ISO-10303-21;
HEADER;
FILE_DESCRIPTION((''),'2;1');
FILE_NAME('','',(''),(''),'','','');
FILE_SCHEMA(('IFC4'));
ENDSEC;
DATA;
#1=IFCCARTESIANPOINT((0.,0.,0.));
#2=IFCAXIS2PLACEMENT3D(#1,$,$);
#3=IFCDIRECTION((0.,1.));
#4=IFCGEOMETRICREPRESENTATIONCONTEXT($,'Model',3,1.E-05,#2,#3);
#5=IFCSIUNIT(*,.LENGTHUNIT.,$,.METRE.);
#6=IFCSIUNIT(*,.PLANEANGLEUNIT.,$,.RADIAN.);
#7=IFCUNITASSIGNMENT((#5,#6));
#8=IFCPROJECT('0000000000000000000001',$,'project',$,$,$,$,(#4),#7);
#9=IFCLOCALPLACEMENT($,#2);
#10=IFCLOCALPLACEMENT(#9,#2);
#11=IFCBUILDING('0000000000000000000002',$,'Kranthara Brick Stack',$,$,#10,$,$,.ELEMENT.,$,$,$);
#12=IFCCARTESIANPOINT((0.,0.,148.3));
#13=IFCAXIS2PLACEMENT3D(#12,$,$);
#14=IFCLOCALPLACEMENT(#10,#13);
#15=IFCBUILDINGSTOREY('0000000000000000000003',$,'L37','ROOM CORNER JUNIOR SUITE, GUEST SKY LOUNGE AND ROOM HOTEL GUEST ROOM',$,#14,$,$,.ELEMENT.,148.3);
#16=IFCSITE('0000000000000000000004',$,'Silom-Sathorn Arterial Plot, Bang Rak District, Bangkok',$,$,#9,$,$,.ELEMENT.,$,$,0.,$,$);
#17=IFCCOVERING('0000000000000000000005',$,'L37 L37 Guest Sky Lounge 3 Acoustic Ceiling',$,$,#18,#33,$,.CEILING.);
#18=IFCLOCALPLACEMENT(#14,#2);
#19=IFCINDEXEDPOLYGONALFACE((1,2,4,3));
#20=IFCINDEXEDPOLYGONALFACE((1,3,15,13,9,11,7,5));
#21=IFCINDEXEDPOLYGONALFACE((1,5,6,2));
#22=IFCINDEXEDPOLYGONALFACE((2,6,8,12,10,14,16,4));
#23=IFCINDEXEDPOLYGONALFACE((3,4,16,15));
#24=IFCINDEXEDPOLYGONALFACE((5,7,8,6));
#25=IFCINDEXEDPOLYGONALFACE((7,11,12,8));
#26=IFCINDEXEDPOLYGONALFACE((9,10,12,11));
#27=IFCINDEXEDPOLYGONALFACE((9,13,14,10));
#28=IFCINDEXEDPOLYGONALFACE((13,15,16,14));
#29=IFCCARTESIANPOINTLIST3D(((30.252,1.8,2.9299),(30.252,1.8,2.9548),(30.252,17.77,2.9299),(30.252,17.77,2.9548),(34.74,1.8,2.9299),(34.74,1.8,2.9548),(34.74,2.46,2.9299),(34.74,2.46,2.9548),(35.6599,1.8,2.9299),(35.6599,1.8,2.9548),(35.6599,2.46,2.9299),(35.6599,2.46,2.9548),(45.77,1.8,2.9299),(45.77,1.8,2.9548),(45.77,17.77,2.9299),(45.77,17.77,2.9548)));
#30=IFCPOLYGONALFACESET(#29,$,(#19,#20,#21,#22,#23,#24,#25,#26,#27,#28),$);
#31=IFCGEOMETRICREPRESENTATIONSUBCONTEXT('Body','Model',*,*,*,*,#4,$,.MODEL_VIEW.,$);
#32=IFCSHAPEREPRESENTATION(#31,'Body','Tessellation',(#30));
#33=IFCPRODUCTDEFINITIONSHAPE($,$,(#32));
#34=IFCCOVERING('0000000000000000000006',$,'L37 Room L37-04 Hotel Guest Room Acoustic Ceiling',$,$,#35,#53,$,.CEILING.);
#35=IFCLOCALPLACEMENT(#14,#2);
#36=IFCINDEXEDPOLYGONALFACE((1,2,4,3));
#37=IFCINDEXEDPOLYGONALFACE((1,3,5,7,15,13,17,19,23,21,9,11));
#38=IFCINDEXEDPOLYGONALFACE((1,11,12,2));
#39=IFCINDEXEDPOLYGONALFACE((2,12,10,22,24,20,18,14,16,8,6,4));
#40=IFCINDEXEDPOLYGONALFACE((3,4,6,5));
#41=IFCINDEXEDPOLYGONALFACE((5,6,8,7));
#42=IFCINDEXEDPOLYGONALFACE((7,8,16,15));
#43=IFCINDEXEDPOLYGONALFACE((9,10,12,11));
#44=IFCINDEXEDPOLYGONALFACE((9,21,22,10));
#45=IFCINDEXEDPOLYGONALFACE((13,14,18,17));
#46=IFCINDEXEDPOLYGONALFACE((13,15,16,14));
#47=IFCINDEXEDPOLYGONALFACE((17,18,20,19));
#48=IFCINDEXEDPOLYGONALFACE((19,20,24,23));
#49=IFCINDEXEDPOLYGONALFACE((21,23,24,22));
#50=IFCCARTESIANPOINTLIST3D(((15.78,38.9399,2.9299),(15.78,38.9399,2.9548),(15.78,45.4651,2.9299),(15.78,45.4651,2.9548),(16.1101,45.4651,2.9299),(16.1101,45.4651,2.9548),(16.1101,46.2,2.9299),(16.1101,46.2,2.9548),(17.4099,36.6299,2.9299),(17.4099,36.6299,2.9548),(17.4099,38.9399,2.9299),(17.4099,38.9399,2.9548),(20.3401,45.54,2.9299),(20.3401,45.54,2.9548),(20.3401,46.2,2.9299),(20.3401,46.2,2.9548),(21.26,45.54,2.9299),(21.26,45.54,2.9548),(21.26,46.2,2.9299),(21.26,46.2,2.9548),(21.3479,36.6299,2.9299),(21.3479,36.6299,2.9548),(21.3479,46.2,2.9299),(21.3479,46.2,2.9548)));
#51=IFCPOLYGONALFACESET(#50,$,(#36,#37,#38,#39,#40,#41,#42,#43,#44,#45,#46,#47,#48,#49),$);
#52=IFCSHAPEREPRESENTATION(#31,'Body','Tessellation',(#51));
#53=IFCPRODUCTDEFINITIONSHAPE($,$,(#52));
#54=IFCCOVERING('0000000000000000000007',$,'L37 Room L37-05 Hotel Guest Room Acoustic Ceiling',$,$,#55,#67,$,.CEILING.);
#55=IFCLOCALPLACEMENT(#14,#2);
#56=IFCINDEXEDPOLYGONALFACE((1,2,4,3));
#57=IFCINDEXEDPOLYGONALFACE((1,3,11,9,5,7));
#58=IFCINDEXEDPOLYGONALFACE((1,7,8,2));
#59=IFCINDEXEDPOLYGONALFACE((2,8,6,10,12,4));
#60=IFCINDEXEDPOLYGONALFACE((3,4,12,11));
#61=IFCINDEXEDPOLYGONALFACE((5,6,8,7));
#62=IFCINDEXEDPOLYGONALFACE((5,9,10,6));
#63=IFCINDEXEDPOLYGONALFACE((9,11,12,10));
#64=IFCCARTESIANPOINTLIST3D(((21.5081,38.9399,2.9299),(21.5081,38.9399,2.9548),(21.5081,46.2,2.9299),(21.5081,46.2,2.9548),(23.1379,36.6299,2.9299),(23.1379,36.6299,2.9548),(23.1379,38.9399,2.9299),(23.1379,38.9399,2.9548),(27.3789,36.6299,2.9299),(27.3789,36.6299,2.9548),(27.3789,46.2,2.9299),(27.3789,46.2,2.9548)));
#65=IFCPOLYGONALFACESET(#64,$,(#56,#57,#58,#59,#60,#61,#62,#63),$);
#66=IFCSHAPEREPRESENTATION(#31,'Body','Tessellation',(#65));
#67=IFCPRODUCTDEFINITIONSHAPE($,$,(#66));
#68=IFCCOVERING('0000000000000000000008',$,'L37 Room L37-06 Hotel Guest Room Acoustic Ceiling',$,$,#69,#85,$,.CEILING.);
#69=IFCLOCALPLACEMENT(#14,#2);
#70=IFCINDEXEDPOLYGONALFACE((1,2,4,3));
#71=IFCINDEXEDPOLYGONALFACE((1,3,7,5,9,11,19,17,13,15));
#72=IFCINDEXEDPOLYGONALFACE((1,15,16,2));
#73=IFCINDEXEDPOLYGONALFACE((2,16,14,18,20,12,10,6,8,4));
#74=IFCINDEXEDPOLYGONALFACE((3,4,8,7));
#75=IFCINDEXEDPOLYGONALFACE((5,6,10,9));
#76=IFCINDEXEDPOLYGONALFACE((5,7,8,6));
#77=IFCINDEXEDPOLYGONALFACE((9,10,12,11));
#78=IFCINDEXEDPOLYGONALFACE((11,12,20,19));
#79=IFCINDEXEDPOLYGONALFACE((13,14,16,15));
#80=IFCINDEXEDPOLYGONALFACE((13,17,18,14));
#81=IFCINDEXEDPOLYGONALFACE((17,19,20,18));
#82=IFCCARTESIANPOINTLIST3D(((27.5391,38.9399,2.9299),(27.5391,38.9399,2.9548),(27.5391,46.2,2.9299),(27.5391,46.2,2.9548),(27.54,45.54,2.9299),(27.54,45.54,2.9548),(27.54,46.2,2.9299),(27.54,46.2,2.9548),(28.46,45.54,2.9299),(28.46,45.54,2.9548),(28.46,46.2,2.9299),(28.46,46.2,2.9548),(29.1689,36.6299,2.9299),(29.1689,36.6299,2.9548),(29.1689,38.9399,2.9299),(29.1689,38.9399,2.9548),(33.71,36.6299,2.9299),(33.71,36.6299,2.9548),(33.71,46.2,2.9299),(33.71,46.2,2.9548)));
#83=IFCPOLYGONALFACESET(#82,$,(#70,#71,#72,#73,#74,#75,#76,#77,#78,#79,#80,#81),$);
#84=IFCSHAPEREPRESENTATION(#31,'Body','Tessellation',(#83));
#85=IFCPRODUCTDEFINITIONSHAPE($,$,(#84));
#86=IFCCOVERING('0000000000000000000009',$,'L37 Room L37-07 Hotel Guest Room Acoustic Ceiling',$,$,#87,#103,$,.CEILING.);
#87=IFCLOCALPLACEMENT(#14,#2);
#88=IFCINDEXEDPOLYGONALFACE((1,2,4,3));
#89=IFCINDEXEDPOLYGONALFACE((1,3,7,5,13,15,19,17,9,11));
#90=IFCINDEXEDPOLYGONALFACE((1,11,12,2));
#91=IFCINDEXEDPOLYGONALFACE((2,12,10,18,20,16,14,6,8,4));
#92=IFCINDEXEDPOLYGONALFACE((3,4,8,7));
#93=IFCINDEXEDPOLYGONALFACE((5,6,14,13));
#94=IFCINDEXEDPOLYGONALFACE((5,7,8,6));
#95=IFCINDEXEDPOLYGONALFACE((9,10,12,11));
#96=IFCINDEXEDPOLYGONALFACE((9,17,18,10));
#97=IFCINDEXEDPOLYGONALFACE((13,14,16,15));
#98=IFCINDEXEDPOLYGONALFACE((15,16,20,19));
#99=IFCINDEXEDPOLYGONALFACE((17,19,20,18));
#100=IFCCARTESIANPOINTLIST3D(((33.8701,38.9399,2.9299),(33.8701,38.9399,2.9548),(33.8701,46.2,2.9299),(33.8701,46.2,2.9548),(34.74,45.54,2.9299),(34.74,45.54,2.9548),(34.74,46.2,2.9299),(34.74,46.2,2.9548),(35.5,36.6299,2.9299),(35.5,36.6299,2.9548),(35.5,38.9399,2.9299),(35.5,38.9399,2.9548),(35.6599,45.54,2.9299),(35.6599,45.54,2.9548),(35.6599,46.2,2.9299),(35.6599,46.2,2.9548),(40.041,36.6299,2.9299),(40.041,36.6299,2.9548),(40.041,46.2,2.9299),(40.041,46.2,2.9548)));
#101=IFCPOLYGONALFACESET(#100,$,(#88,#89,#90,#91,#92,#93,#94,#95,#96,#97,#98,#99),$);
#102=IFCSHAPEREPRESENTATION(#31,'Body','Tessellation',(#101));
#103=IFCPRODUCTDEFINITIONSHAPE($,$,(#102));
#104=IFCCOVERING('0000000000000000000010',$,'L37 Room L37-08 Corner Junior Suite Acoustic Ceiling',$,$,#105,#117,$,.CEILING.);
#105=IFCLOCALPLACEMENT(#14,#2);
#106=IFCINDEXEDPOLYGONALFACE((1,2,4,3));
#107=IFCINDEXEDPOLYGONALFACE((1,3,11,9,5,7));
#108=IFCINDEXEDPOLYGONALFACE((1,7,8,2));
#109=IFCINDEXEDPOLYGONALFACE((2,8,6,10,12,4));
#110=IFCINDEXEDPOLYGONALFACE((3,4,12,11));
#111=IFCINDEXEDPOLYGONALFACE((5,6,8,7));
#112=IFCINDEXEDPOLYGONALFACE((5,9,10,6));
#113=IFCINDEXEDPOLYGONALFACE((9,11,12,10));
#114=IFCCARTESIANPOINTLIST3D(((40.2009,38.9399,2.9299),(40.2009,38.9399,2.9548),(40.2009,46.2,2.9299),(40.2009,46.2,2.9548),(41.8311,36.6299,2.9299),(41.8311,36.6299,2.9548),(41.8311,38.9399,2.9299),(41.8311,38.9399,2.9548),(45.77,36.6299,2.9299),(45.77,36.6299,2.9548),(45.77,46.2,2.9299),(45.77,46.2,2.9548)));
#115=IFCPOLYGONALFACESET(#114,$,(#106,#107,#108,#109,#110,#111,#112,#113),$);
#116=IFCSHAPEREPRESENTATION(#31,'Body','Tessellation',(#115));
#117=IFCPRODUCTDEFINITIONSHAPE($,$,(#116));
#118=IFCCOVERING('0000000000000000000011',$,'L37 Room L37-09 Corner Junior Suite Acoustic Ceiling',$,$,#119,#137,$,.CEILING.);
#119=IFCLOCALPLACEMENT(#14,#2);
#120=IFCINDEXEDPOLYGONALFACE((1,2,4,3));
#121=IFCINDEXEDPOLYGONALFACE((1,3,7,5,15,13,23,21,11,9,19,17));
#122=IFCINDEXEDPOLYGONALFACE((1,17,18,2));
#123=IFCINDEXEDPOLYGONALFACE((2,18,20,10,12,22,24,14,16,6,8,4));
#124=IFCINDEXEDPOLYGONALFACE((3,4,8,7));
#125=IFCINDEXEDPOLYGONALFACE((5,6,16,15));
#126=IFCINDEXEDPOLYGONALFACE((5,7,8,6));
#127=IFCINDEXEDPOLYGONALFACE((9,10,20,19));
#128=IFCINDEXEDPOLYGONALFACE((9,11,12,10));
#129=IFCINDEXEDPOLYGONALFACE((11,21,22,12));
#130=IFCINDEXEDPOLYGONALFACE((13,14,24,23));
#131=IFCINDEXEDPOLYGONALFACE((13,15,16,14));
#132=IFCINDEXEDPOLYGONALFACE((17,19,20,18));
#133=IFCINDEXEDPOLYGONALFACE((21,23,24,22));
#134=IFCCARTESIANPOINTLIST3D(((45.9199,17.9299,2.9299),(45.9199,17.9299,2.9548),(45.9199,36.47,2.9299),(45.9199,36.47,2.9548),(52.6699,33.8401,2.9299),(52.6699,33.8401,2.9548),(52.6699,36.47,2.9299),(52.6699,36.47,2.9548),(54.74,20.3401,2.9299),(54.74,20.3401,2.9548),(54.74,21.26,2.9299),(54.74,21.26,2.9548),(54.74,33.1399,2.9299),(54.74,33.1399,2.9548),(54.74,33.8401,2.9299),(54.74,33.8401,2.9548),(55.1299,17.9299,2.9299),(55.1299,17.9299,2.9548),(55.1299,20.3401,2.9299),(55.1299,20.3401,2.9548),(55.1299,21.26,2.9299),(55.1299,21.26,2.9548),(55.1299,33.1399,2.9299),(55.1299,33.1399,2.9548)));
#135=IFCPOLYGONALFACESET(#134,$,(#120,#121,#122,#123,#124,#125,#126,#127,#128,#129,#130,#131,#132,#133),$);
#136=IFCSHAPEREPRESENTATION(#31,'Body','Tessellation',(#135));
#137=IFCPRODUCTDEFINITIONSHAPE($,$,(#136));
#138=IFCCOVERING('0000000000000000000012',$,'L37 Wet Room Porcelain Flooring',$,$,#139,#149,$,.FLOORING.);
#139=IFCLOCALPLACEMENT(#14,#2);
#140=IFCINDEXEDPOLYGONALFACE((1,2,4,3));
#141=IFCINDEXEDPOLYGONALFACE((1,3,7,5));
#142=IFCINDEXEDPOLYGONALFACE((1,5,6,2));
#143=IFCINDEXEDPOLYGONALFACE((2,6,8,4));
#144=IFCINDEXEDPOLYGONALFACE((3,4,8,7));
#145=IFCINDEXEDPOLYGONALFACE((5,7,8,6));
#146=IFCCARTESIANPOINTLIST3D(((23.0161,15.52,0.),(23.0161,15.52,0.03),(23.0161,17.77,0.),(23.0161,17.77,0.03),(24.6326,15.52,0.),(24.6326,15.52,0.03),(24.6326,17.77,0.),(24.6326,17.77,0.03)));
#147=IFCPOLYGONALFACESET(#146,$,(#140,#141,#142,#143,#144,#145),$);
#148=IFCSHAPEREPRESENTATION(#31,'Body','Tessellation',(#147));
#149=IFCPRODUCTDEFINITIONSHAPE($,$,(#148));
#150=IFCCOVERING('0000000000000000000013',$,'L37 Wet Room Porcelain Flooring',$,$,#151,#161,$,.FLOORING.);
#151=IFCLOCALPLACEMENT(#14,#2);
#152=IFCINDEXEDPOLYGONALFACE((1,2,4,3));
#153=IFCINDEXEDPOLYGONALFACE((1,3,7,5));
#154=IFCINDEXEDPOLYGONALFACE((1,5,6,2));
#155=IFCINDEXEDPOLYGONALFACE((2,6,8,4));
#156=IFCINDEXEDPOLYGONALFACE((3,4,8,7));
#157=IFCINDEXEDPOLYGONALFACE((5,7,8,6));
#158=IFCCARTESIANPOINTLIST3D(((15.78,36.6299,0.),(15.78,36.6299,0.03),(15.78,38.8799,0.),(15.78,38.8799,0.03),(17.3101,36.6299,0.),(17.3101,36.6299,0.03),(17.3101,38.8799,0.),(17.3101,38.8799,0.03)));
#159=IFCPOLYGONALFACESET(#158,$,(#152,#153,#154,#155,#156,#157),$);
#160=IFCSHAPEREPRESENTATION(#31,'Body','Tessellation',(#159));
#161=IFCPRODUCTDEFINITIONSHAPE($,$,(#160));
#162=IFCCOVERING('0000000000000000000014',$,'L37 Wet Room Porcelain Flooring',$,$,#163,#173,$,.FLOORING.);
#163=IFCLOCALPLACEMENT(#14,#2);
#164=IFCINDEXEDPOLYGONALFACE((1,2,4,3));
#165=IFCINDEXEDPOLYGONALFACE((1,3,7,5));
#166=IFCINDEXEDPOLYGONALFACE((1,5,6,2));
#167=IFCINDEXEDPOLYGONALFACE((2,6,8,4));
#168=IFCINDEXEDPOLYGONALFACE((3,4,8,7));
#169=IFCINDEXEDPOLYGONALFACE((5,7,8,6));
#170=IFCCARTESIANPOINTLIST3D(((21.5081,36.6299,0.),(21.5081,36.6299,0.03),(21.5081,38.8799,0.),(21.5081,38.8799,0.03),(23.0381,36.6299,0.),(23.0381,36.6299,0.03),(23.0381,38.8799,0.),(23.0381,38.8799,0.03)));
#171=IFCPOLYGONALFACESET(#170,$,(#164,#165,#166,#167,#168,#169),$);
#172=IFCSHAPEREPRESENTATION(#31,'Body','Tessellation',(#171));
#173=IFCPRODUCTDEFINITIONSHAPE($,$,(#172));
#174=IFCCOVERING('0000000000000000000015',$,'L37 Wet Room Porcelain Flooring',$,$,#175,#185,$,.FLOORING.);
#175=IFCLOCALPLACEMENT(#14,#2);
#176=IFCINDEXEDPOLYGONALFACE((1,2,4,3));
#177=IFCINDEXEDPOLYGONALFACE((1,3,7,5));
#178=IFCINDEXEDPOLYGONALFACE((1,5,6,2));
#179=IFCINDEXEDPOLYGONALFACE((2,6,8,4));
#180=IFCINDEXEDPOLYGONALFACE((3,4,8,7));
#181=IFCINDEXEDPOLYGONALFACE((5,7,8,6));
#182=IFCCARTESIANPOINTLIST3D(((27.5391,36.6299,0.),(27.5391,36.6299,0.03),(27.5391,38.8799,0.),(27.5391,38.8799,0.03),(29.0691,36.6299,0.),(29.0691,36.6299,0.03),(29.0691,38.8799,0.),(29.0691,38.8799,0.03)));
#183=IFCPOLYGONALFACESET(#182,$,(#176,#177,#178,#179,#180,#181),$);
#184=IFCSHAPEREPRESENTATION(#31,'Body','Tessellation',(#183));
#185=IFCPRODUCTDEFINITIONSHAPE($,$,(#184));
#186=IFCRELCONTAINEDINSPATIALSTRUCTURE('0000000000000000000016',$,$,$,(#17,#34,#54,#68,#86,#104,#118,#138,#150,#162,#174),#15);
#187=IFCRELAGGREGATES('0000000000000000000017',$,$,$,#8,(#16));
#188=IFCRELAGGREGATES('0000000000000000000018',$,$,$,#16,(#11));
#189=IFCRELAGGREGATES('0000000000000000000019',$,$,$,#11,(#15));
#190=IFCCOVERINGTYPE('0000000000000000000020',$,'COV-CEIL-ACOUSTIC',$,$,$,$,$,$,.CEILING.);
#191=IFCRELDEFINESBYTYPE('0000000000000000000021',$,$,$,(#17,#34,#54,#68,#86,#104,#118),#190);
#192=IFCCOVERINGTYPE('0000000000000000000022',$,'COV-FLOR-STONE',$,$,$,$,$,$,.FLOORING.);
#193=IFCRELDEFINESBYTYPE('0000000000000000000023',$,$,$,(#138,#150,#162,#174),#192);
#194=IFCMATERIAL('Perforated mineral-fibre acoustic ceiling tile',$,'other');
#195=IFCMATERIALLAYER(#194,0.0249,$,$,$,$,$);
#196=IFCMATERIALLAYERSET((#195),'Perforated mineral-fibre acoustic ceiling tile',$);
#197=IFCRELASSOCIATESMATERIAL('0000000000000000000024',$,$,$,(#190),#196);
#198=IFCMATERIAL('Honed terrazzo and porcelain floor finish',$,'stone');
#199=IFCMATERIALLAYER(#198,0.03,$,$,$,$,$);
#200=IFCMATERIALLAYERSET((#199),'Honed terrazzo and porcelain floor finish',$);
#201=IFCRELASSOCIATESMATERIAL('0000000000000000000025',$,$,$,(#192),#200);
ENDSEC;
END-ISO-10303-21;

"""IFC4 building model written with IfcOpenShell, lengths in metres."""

from ifc_helpers import new_model, si_unit, direction, frame, origin, place, context, subcontext, project, spatial, polyline, outline, extrude, material, layer, layer_set, type_object, element, save


model = new_model("IFC4")

# Units and contexts
model_context = context("Model", 3, precision=1e-05, world=origin(), true_north=direction((0.0, 1.0)))
body_context = subcontext(model_context, "Body", "Model", "MODEL_VIEW")
ifc_project = project(units=[si_unit("LENGTHUNIT", "METRE"), si_unit("PLANEANGLEUNIT", "RADIAN")], contexts=[model_context])

# Site, building, storey
site_placement = place(None, origin())
site = spatial("IfcSite", under=ifc_project, at=site_placement, Name="Silom-Sathorn Arterial Plot, Bang Rak District, Bangkok", CompositionType="ELEMENT", RefElevation=0.0)
building_placement = place(site_placement, origin())
building = spatial("IfcBuilding", under=site, at=building_placement, Name="Kranthara Brick Stack", CompositionType="ELEMENT")
storey_placement = place(building_placement, frame((0.0, 0.0, 148.3)))
storey = spatial("IfcBuildingStorey", under=building, at=storey_placement, Name="L37", Description="ROOM CORNER JUNIOR SUITE, GUEST SKY LOUNGE AND ROOM HOTEL GUEST ROOM", CompositionType="ELEMENT", Elevation=148.3)

# Coverings
ifc_material_1 = material(Name="Perforated mineral-fibre acoustic ceiling tile", Category="other")
ifc_layer_1 = layer(ifc_material_1, 0.0249)
ifc_layer_set_1 = layer_set([ifc_layer_1], Name="Perforated mineral-fibre acoustic ceiling tile")
covering_type_1 = type_object("IfcCoveringType", Name="COV-CEIL-ACOUSTIC", PredefinedType="CEILING", material=ifc_layer_set_1)
covering_1_placement = place(storey_placement, frame((0.0, 0.0, 2.9299)))
element("IfcCovering", 1, at=covering_1_placement, inside=storey, type_object=covering_type_1, Name="L37 L37 Guest Sky Lounge 3 Acoustic Ceiling", PredefinedType="CEILING", context=body_context, shape_type="SweptSolid", body=[
    extrude(outline(polyline([(30.252, 1.8), (30.252, 17.77), (45.77, 17.77), (45.77, 1.8), (35.6599, 1.8), (35.6599, 2.46), (34.74, 2.46), (34.74, 1.8), (30.252, 1.8)])), origin(), (0.0, 0.0, 1.0), 0.0249),
])
covering_2_placement = place(storey_placement, frame((0.0, 0.0, 2.9299)))
element("IfcCovering", 2, at=covering_2_placement, inside=storey, type_object=covering_type_1, Name="L37 Room L37-04 Hotel Guest Room Acoustic Ceiling", PredefinedType="CEILING", context=body_context, shape_type="SweptSolid", body=[
    extrude(outline(polyline([(21.3479, 36.6299), (17.4099, 36.6299), (17.4099, 38.9399), (15.78, 38.9399), (15.78, 45.4651), (16.1101, 45.4651), (16.1101, 46.2), (20.3401, 46.2), (20.3401, 45.54), (21.26, 45.54), (21.26, 46.2), (21.3479, 46.2), (21.3479, 36.6299)])), origin(), (0.0, 0.0, 1.0), 0.0249),
])
covering_3_placement = place(storey_placement, frame((0.0, 0.0, 2.9299)))
element("IfcCovering", 3, at=covering_3_placement, inside=storey, type_object=covering_type_1, Name="L37 Room L37-05 Hotel Guest Room Acoustic Ceiling", PredefinedType="CEILING", context=body_context, shape_type="SweptSolid", body=[
    extrude(outline(polyline([(23.1379, 36.6299), (27.3789, 36.6299), (27.3789, 46.2), (21.5081, 46.2), (21.5081, 38.9399), (23.1379, 38.9399), (23.1379, 36.6299)])), origin(), (0.0, 0.0, 1.0), 0.0249),
])
covering_4_placement = place(storey_placement, frame((0.0, 0.0, 2.9299)))
element("IfcCovering", 4, at=covering_4_placement, inside=storey, type_object=covering_type_1, Name="L37 Room L37-06 Hotel Guest Room Acoustic Ceiling", PredefinedType="CEILING", context=body_context, shape_type="SweptSolid", body=[
    extrude(outline(polyline([(33.71, 46.2), (33.71, 36.6299), (29.1689, 36.6299), (29.1689, 38.9399), (27.5391, 38.9399), (27.5391, 46.2), (27.54, 46.2), (27.54, 45.54), (28.46, 45.54), (28.46, 46.2), (33.71, 46.2)])), origin(), (0.0, 0.0, 1.0), 0.0249),
])
covering_5_placement = place(storey_placement, frame((0.0, 0.0, 2.9299)))
element("IfcCovering", 5, at=covering_5_placement, inside=storey, type_object=covering_type_1, Name="L37 Room L37-07 Hotel Guest Room Acoustic Ceiling", PredefinedType="CEILING", context=body_context, shape_type="SweptSolid", body=[
    extrude(outline(polyline([(40.041, 46.2), (40.041, 36.6299), (35.5, 36.6299), (35.5, 38.9399), (33.8701, 38.9399), (33.8701, 46.2), (34.74, 46.2), (34.74, 45.54), (35.6599, 45.54), (35.6599, 46.2), (40.041, 46.2)])), origin(), (0.0, 0.0, 1.0), 0.0249),
])
covering_6_placement = place(storey_placement, frame((0.0, 0.0, 2.9299)))
element("IfcCovering", 6, at=covering_6_placement, inside=storey, type_object=covering_type_1, Name="L37 Room L37-08 Corner Junior Suite Acoustic Ceiling", PredefinedType="CEILING", context=body_context, shape_type="SweptSolid", body=[
    extrude(outline(polyline([(41.8311, 36.6299), (45.77, 36.6299), (45.77, 46.2), (40.2009, 46.2), (40.2009, 38.9399), (41.8311, 38.9399), (41.8311, 36.6299)])), origin(), (0.0, 0.0, 1.0), 0.0249),
])
covering_7_placement = place(storey_placement, frame((0.0, 0.0, 2.9299)))
element("IfcCovering", 7, at=covering_7_placement, inside=storey, type_object=covering_type_1, Name="L37 Room L37-09 Corner Junior Suite Acoustic Ceiling", PredefinedType="CEILING", context=body_context, shape_type="SweptSolid", body=[
    extrude(outline(polyline([(45.9199, 17.9299), (45.9199, 36.47), (52.6699, 36.47), (52.6699, 33.8401), (54.74, 33.8401), (54.74, 33.1399), (55.1299, 33.1399), (55.1299, 21.26), (54.74, 21.26), (54.74, 20.3401), (55.1299, 20.3401), (55.1299, 17.9299), (45.9199, 17.9299)])), origin(), (0.0, 0.0, 1.0), 0.0249),
])
ifc_material_2 = material(Name="Honed terrazzo and porcelain floor finish", Category="stone")
ifc_layer_2 = layer(ifc_material_2, 0.03)
ifc_layer_set_2 = layer_set([ifc_layer_2], Name="Honed terrazzo and porcelain floor finish")
covering_type_2 = type_object("IfcCoveringType", Name="COV-FLOR-STONE", PredefinedType="FLOORING", material=ifc_layer_set_2)
covering_8_placement = place(storey_placement, origin())
element("IfcCovering", 8, at=covering_8_placement, inside=storey, type_object=covering_type_2, Name="L37 Wet Room Porcelain Flooring", PredefinedType="FLOORING", context=body_context, shape_type="SweptSolid", body=[
    extrude(outline(polyline([(23.0161, 15.52), (23.0161, 17.77), (24.6326, 17.77), (24.6326, 15.52), (23.0161, 15.52)])), origin(), (0.0, 0.0, 1.0), 0.03),
])
covering_9_placement = place(storey_placement, origin())
element("IfcCovering", 9, at=covering_9_placement, inside=storey, type_object=covering_type_2, Name="L37 Wet Room Porcelain Flooring", PredefinedType="FLOORING", context=body_context, shape_type="SweptSolid", body=[
    extrude(outline(polyline([(15.78, 36.6299), (15.78, 38.8799), (17.3101, 38.8799), (17.3101, 36.6299), (15.78, 36.6299)])), origin(), (0.0, 0.0, 1.0), 0.03),
])
covering_10_placement = place(storey_placement, origin())
element("IfcCovering", 10, at=covering_10_placement, inside=storey, type_object=covering_type_2, Name="L37 Wet Room Porcelain Flooring", PredefinedType="FLOORING", context=body_context, shape_type="SweptSolid", body=[
    extrude(outline(polyline([(21.5081, 36.6299), (21.5081, 38.8799), (23.0381, 38.8799), (23.0381, 36.6299), (21.5081, 36.6299)])), origin(), (0.0, 0.0, 1.0), 0.03),
])
covering_11_placement = place(storey_placement, origin())
element("IfcCovering", 11, at=covering_11_placement, inside=storey, type_object=covering_type_2, Name="L37 Wet Room Porcelain Flooring", PredefinedType="FLOORING", context=body_context, shape_type="SweptSolid", body=[
    extrude(outline(polyline([(27.5391, 36.6299), (27.5391, 38.8799), (29.0691, 38.8799), (29.0691, 36.6299), (27.5391, 36.6299)])), origin(), (0.0, 0.0, 1.0), 0.03),
])

save(model, "model.ifc")
